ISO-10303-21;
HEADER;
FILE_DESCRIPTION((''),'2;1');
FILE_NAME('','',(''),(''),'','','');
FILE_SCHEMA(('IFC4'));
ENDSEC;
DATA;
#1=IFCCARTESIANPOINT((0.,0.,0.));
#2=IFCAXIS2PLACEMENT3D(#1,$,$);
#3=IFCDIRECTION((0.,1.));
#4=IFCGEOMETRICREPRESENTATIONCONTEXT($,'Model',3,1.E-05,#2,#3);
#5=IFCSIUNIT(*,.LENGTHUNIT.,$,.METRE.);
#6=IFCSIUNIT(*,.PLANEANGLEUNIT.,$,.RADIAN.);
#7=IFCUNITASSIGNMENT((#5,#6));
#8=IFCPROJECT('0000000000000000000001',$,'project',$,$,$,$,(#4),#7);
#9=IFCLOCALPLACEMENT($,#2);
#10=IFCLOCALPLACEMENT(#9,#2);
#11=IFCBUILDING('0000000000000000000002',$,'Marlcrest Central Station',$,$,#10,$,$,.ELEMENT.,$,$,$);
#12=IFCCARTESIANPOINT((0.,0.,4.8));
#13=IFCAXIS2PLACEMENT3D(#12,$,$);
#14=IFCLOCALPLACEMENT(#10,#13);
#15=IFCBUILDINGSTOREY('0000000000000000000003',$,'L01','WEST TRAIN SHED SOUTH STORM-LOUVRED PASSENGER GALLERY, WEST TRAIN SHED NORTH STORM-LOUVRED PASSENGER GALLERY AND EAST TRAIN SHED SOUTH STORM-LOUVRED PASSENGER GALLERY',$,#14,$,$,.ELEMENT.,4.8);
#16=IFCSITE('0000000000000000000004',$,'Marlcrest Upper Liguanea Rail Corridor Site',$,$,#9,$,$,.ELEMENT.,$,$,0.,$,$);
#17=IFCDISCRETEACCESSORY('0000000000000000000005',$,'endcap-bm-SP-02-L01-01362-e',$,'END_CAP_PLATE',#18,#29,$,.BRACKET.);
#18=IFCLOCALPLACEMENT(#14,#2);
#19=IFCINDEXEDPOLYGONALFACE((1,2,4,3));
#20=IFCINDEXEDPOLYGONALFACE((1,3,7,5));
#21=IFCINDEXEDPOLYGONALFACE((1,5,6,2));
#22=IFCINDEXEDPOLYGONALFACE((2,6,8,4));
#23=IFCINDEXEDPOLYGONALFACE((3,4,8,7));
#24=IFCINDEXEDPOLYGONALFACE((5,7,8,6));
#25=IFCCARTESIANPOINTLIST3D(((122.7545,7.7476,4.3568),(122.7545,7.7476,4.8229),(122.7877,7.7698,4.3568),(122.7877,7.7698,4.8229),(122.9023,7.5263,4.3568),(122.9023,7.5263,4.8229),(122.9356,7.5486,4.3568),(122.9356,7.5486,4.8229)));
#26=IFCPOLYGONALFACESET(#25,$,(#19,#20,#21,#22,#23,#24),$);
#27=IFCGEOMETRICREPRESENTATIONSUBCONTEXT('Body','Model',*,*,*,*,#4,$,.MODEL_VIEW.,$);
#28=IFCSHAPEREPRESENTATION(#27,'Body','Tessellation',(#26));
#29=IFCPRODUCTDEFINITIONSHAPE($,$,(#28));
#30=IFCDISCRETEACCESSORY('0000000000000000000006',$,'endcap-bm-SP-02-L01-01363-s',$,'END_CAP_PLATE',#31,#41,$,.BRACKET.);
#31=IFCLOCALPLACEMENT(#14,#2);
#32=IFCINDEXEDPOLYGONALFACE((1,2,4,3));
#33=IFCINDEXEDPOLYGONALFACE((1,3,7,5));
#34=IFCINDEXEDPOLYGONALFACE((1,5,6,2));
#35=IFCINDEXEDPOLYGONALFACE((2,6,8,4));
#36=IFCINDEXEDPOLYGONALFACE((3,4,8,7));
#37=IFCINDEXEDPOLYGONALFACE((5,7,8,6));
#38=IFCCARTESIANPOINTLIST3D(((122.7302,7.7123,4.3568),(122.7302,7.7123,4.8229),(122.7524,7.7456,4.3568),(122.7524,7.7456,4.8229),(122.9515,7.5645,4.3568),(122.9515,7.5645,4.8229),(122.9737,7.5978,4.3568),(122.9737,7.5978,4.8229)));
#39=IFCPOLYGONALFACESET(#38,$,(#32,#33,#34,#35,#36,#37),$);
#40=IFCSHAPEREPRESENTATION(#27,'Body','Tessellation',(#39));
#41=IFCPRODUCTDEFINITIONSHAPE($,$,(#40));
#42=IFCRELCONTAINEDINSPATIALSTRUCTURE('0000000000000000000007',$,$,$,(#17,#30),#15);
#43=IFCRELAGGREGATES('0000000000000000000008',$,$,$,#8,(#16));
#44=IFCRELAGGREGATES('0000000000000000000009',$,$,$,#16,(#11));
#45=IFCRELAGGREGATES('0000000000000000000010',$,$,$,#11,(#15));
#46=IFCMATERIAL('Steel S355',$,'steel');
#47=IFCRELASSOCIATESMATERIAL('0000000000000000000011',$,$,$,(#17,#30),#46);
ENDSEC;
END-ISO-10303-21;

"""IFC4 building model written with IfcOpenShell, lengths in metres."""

from ifc_helpers import new_model, si_unit, direction, frame, origin, origin_2d, place, context, subcontext, project, spatial, rectangle, extrude, material, element, save


model = new_model("IFC4")

# Units and contexts
model_context = context("Model", 3, precision=1e-05, world=origin(), true_north=direction((0.0, 1.0)))
body_context = subcontext(model_context, "Body", "Model", "MODEL_VIEW")
ifc_project = project(units=[si_unit("LENGTHUNIT", "METRE"), si_unit("PLANEANGLEUNIT", "RADIAN")], contexts=[model_context])

# Site, building, storey
site_placement = place(None, origin())
site = spatial("IfcSite", under=ifc_project, at=site_placement, Name="Marlcrest Upper Liguanea Rail Corridor Site", CompositionType="ELEMENT", RefElevation=0.0)
building_placement = place(site_placement, origin())
building = spatial("IfcBuilding", under=site, at=building_placement, Name="Marlcrest Central Station", CompositionType="ELEMENT")
storey_placement = place(building_placement, frame((0.0, 0.0, 4.8)))
storey = spatial("IfcBuildingStorey", under=building, at=storey_placement, Name="L01", Description="WEST TRAIN SHED SOUTH STORM-LOUVRED PASSENGER GALLERY, WEST TRAIN SHED NORTH STORM-LOUVRED PASSENGER GALLERY AND EAST TRAIN SHED SOUTH STORM-LOUVRED PASSENGER GALLERY", CompositionType="ELEMENT", Elevation=4.8)

# Shared definitions
ifc_material_1 = material(Name="Steel S355", Category="steel")

# Discrete accessories
for number, where, z_axis, x_axis, name in (
    (1, (122.8284, 7.637, 4.5898), (0.831509, 0.555511, 0.0), (-0.555511, 0.831509, 0.0), "endcap-bm-SP-02-L01-01362-e"),
    (2, (122.8408, 7.6384, 4.5898), (0.555511, 0.831509, 0.0), (-0.831509, 0.555511, 0.0), "endcap-bm-SP-02-L01-01363-s"),
):
    element("IfcDiscreteAccessory", number, at=place(storey_placement, frame(where, z_axis=z_axis, x_axis=x_axis)), inside=storey, material=ifc_material_1, Name=name, ObjectType="END_CAP_PLATE", PredefinedType="BRACKET", context=body_context, shape_type="SweptSolid", body=[
        extrude(rectangle(XDim=0.2661, YDim=0.4661, at=origin_2d()), origin(), (0.0, 0.0, 1.0), 0.04),
    ])

save(model, "model.ifc")
